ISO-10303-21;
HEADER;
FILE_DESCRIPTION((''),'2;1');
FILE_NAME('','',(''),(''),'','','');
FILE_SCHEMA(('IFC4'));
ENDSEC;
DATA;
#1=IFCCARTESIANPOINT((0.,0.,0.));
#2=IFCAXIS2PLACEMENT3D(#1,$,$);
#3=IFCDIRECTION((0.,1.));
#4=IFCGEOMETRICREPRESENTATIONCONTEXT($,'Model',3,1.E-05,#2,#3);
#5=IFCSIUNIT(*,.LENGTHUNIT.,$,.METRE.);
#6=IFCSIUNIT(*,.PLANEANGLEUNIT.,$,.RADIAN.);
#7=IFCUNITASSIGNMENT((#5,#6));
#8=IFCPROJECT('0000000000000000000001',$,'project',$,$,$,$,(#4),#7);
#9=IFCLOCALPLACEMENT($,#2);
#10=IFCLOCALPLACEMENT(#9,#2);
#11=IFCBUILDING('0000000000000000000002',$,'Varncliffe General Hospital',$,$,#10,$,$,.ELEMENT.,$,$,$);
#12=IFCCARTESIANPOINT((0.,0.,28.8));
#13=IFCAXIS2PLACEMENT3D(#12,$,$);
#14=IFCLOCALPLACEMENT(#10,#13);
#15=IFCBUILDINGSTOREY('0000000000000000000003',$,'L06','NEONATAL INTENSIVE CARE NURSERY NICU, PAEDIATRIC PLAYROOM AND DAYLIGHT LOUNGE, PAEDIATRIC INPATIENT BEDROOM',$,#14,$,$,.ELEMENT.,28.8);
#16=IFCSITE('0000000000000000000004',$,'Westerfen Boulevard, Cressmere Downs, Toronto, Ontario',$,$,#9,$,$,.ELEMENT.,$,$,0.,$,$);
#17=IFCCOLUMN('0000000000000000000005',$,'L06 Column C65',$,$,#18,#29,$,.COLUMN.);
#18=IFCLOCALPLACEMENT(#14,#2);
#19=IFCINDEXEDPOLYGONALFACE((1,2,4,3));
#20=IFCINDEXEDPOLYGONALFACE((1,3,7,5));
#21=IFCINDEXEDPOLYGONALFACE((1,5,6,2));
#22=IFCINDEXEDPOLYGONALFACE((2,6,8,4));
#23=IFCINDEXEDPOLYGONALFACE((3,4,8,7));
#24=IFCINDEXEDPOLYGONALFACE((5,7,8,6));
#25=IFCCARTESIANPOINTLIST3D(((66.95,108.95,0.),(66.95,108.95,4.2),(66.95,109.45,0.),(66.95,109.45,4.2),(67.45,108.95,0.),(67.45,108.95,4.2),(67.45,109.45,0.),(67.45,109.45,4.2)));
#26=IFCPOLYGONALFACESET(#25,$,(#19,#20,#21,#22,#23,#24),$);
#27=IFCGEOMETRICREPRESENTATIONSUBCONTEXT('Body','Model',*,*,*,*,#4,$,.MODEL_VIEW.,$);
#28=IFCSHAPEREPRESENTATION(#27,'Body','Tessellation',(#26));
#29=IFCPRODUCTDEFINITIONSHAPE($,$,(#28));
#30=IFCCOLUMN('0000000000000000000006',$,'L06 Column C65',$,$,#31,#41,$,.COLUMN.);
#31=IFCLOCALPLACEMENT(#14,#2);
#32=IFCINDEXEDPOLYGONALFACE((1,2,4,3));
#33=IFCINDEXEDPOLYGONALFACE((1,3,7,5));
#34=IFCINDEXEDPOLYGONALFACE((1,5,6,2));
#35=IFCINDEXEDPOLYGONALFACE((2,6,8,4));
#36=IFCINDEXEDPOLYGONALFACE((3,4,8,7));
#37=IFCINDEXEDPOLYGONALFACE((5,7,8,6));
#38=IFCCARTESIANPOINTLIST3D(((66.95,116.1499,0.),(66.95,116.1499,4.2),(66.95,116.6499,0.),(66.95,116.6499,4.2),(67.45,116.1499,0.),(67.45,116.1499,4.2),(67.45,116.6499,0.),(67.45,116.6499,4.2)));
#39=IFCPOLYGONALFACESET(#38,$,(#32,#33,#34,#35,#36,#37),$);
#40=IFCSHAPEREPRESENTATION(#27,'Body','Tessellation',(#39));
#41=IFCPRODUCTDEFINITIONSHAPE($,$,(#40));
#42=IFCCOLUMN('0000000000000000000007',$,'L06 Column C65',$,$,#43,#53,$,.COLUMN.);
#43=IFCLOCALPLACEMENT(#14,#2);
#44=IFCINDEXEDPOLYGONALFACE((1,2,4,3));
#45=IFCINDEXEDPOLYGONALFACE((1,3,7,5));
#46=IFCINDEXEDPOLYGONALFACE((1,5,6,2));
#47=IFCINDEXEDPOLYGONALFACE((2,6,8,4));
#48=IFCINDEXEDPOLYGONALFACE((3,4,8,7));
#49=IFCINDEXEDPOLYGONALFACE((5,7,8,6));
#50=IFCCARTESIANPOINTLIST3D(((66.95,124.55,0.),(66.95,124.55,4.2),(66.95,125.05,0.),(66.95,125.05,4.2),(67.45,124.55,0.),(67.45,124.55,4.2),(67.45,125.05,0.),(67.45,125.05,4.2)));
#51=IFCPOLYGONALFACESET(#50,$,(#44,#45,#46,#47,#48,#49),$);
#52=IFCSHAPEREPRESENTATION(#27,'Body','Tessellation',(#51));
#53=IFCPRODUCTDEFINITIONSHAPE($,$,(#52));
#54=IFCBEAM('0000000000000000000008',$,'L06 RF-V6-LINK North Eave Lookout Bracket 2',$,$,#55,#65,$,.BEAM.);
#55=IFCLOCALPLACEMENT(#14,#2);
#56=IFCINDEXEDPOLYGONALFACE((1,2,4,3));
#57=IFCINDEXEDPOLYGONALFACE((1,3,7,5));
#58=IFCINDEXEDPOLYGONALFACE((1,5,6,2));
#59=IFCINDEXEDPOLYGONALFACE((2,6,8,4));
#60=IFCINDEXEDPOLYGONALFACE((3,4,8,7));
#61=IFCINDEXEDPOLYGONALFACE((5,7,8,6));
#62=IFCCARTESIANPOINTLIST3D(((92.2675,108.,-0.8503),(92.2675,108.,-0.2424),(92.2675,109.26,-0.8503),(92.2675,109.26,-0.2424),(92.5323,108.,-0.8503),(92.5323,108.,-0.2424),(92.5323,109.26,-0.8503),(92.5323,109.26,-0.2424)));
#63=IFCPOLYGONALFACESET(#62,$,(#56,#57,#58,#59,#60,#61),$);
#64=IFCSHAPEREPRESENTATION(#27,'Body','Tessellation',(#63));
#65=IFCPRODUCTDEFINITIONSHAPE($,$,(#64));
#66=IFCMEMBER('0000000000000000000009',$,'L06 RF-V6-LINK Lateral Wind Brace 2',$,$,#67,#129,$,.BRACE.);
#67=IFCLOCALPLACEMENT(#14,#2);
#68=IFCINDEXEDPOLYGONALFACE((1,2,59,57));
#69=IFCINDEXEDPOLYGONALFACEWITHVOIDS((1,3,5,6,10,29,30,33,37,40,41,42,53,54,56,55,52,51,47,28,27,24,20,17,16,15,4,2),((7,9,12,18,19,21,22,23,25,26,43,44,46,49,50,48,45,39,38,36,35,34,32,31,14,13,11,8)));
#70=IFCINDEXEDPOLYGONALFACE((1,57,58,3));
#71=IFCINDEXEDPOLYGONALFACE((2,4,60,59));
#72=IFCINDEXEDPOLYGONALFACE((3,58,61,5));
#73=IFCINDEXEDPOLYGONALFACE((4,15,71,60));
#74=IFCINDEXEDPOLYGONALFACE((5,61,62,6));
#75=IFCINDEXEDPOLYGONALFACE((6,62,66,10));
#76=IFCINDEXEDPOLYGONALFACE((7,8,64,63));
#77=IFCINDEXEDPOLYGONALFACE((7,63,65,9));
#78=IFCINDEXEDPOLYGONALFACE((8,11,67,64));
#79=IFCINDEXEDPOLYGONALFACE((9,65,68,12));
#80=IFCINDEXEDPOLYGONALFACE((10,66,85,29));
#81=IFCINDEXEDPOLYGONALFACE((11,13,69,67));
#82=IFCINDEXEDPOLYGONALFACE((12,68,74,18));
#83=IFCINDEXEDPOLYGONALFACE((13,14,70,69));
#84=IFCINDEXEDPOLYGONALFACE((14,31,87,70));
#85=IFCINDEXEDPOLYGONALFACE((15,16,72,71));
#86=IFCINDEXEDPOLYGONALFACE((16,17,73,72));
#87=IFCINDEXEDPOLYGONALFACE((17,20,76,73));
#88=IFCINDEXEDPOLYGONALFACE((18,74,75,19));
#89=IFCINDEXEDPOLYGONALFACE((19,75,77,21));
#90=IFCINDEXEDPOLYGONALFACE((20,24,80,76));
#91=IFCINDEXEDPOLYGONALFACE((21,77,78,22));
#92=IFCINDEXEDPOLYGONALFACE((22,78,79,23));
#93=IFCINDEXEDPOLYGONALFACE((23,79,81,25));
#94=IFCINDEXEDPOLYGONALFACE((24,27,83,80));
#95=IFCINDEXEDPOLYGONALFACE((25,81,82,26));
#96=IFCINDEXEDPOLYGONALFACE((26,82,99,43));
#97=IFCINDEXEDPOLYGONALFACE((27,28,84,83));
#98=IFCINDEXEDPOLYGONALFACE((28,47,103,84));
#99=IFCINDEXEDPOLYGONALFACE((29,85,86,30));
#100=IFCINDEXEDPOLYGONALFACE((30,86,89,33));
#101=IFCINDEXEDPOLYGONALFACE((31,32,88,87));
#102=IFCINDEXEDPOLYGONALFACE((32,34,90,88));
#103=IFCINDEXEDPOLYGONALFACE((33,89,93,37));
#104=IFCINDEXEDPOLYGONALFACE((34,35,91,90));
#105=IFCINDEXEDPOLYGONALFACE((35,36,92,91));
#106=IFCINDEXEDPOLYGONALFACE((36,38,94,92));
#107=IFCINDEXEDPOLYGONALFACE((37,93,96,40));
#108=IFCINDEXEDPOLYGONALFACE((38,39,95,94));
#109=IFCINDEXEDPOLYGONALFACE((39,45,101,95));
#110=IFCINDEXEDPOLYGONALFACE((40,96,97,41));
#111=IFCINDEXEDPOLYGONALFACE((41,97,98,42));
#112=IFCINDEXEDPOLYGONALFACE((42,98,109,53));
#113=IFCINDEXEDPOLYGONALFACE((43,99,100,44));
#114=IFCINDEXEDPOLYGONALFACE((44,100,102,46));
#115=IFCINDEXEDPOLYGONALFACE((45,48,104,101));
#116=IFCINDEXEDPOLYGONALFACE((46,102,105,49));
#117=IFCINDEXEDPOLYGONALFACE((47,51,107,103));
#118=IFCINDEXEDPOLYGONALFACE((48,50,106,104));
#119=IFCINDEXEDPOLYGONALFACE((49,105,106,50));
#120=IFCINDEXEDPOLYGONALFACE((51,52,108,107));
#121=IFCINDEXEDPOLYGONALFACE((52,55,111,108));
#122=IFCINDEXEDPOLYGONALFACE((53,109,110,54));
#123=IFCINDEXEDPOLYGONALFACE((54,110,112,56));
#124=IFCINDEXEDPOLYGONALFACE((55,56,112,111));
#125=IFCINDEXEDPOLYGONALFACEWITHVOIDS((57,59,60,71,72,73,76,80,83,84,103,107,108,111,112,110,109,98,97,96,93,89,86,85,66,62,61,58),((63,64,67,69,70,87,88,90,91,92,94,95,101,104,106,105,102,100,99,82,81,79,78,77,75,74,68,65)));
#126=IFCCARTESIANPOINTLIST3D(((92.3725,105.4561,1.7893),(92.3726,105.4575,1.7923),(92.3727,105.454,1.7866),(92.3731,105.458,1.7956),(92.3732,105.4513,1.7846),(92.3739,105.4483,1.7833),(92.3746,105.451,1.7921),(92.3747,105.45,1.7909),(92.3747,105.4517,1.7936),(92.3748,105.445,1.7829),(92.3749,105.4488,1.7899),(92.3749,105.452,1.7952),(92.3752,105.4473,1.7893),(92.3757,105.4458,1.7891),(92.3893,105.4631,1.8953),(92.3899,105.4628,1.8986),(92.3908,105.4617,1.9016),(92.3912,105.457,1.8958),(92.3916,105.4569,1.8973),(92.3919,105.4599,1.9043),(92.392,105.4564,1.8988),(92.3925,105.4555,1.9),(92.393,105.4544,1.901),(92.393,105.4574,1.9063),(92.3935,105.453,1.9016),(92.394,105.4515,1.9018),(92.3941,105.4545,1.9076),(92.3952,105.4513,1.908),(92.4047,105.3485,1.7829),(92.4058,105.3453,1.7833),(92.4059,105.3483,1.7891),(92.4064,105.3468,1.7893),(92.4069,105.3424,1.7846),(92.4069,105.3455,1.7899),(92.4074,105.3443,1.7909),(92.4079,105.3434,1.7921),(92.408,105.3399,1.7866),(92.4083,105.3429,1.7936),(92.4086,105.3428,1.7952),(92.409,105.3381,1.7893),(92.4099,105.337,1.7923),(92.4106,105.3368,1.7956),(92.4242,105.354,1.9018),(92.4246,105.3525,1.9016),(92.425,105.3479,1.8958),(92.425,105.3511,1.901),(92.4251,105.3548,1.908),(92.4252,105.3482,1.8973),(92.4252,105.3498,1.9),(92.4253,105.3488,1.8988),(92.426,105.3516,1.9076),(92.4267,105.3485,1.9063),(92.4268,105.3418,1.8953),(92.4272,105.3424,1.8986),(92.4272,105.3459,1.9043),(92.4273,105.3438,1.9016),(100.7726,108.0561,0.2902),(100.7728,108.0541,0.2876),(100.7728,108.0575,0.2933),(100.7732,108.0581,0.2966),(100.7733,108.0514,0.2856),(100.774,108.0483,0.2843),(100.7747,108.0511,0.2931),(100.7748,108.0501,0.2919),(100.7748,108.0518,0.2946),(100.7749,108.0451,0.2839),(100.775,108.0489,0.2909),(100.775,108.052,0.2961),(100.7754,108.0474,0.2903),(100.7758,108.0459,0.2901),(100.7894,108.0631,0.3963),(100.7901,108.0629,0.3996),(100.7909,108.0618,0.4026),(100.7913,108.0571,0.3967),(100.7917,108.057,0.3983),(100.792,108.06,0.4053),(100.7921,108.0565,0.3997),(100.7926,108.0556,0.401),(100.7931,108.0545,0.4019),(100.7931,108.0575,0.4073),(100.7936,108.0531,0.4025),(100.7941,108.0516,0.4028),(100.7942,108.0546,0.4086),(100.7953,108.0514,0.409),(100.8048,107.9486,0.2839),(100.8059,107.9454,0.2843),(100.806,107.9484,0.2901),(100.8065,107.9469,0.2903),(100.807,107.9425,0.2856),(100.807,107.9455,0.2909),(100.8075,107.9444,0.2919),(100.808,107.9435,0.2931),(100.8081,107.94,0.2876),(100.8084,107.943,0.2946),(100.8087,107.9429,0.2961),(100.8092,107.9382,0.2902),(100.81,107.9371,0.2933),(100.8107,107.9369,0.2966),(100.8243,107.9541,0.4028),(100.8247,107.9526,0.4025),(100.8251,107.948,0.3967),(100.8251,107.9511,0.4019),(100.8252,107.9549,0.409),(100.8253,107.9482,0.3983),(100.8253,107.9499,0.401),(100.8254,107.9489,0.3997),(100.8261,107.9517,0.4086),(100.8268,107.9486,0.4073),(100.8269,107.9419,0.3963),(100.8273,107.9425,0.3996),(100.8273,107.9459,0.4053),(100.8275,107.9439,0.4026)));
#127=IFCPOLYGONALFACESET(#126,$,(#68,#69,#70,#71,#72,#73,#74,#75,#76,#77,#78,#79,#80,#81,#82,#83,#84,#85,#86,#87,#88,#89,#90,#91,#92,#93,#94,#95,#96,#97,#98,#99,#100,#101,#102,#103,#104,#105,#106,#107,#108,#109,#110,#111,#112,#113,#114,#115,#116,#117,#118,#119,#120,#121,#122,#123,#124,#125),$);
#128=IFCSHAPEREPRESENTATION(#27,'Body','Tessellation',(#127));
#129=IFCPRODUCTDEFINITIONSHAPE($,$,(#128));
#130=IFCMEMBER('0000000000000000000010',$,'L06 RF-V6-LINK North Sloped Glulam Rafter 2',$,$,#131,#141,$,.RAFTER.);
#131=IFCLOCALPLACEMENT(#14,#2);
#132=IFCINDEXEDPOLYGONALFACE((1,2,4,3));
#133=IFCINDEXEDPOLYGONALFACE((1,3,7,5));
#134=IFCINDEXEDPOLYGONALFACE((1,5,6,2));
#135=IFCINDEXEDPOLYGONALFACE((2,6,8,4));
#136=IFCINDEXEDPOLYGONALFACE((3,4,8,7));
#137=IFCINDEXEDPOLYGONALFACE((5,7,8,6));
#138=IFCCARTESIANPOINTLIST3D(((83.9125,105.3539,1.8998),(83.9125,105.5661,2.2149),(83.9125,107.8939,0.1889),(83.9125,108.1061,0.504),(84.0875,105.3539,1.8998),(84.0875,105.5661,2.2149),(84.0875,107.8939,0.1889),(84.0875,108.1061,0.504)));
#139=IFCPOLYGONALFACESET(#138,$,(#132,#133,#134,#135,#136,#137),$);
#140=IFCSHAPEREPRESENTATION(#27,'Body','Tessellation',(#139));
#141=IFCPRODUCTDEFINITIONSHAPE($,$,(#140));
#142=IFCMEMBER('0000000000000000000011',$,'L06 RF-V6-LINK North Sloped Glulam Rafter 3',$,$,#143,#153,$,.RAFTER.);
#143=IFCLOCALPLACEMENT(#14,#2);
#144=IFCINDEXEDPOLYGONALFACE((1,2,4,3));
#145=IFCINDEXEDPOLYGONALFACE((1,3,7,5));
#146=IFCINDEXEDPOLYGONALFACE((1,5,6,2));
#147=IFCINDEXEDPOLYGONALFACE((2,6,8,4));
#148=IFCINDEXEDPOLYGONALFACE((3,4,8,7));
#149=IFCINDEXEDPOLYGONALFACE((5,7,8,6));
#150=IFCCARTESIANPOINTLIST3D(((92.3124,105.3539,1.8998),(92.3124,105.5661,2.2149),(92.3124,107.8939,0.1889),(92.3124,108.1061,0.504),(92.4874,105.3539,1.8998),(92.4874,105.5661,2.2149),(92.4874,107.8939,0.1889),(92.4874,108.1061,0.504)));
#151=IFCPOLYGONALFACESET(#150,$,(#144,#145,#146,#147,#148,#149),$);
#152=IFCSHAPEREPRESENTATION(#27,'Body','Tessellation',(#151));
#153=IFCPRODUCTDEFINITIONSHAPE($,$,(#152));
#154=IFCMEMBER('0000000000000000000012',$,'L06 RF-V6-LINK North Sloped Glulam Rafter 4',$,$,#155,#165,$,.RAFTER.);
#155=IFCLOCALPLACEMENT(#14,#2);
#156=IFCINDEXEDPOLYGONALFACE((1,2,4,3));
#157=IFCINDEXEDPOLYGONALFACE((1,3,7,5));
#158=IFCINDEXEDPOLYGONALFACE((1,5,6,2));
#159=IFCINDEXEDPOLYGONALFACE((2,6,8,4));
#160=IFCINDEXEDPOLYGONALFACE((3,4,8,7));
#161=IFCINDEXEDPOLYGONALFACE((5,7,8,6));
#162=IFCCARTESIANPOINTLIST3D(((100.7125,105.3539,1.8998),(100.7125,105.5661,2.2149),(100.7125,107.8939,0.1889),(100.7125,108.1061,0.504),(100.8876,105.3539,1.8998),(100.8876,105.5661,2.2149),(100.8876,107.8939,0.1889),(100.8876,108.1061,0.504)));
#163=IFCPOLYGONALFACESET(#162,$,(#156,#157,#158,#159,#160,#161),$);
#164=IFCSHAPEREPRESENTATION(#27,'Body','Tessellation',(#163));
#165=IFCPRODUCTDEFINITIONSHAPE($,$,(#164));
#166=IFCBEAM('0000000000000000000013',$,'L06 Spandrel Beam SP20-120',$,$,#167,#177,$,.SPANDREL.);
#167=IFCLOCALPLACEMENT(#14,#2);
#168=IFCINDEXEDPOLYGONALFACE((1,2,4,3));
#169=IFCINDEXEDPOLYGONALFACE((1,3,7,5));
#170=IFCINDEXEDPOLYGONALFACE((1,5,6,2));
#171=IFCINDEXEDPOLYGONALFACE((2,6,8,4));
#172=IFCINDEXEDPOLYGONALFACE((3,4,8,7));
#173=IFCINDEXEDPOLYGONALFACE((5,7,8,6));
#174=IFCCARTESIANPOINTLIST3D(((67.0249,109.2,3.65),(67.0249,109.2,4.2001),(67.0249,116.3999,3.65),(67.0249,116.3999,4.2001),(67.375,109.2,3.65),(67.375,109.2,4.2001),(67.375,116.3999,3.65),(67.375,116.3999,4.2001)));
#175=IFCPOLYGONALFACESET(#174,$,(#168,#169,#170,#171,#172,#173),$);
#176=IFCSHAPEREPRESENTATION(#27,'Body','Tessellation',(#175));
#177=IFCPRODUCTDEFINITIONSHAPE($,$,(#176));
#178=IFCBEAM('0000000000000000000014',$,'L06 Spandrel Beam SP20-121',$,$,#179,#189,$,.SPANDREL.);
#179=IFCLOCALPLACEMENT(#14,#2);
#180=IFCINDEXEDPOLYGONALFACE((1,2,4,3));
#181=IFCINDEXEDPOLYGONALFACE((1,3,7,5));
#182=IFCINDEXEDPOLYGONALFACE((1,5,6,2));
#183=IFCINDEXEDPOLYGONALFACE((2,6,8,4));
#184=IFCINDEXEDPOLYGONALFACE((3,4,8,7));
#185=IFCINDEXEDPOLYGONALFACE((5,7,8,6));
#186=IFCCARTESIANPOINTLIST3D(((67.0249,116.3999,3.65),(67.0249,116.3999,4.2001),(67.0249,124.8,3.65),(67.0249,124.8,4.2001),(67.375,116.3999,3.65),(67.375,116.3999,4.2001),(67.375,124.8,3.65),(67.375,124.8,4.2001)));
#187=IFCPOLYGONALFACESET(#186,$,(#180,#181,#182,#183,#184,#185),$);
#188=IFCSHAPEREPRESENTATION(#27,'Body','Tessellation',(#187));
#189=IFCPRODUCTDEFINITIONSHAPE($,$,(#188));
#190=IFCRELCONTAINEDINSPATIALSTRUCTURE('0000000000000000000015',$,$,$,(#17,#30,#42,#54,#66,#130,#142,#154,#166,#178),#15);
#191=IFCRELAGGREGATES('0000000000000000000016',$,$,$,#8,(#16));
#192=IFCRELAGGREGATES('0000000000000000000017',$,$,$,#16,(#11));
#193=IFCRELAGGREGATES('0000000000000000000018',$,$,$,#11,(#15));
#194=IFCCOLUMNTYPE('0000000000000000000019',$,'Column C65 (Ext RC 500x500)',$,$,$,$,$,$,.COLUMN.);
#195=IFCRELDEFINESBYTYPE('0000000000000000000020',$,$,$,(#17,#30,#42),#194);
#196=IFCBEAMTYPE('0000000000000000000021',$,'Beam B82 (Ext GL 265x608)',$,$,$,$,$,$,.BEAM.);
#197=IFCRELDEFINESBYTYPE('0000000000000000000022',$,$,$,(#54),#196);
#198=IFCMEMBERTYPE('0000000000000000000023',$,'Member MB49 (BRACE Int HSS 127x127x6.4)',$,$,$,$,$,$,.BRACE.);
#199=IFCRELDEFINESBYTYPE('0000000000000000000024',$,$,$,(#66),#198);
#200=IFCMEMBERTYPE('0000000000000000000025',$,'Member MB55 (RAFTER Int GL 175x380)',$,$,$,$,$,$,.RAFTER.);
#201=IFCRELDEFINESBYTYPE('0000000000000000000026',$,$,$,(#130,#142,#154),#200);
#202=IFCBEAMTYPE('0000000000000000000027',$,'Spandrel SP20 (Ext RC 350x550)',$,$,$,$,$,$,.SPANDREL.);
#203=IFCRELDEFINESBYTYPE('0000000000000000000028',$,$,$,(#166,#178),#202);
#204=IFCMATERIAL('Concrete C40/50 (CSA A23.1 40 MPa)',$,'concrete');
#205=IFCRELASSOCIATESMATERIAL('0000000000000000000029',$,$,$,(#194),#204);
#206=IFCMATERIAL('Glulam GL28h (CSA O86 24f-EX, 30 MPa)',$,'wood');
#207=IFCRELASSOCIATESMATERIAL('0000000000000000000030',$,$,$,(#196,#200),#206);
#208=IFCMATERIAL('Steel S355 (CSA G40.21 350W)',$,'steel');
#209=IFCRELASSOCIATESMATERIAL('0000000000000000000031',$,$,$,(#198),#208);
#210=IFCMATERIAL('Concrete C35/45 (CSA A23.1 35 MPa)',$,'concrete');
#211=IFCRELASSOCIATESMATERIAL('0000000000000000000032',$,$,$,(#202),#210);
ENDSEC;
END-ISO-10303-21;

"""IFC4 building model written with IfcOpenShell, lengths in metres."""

from ifc_helpers import new_model, si_unit, direction, frame, origin, origin_2d, place, context, subcontext, project, spatial, rectangle, hollow_rectangle, extrude, material, material_profile, profile_set, type_object, element, save


model = new_model("IFC4")

# Units and contexts
model_context = context("Model", 3, precision=1e-05, world=origin(), true_north=direction((0.0, 1.0)))
body_context = subcontext(model_context, "Body", "Model", "MODEL_VIEW")
ifc_project = project(units=[si_unit("LENGTHUNIT", "METRE"), si_unit("PLANEANGLEUNIT", "RADIAN")], contexts=[model_context])

# Site, building, storey
site_placement = place(None, origin())
site = spatial("IfcSite", under=ifc_project, at=site_placement, Name="Westerfen Boulevard, Cressmere Downs, Toronto, Ontario", CompositionType="ELEMENT", RefElevation=0.0)
building_placement = place(site_placement, origin())
building = spatial("IfcBuilding", under=site, at=building_placement, Name="Varncliffe General Hospital", CompositionType="ELEMENT")
storey_placement = place(building_placement, frame((0.0, 0.0, 28.8)))
storey = spatial("IfcBuildingStorey", under=building, at=storey_placement, Name="L06", Description="NEONATAL INTENSIVE CARE NURSERY NICU, PAEDIATRIC PLAYROOM AND DAYLIGHT LOUNGE, PAEDIATRIC INPATIENT BEDROOM", CompositionType="ELEMENT", Elevation=28.8)

# Columns
ifc_material_1 = material(Name="Concrete C40/50 (CSA A23.1 40 MPa)", Category="concrete")
ifc_material_profile_1 = material_profile(ifc_material_1, rectangle(XDim=0.5, YDim=0.5, at=origin_2d()), Name="RC 500x500")
ifc_profile_set_1 = profile_set([ifc_material_profile_1], Name="Concrete C40/50 (CSA A23.1 40 MPa)")
column_type = type_object("IfcColumnType", Name="Column C65 (Ext RC 500x500)", PredefinedType="COLUMN", material=ifc_profile_set_1)
for number, where, z_axis, x_axis, name in (
    (1, (67.2, 109.2, 0.0), (0.0, 0.0, 1.0), (1.0, 0.0, 0.0), "L06 Column C65"),
    (2, (67.2, 116.3999, 0.0), (0.0, 0.0, 1.0), (1.0, 0.0, 0.0), "L06 Column C65"),
    (3, (67.2, 124.8, 0.0), (0.0, 0.0, 1.0), (1.0, 0.0, 0.0), "L06 Column C65"),
):
    element("IfcColumn", number, at=place(storey_placement, frame(where, z_axis=z_axis, x_axis=x_axis)), inside=storey, type_object=column_type, Name=name, PredefinedType="COLUMN", context=body_context, shape_type="SweptSolid", body=[
        extrude(rectangle(XDim=0.5, YDim=0.5, at=origin_2d()), origin(), (0.0, 0.0, 1.0), 4.2),
    ])

# Beam
ifc_material_2 = material(Name="Glulam GL28h (CSA O86 24f-EX, 30 MPa)", Category="wood")
ifc_material_profile_2 = material_profile(ifc_material_2, rectangle(XDim=0.2649, YDim=0.6079, at=origin_2d()), Name="GL 265x608")
ifc_profile_set_2 = profile_set([ifc_material_profile_2], Name="Glulam GL28h (CSA O86 24f-EX, 30 MPa)")
beam_type_1 = type_object("IfcBeamType", Name="Beam B82 (Ext GL 265x608)", PredefinedType="BEAM", material=ifc_profile_set_2)
beam_1_placement = place(storey_placement, frame((92.3999, 108.0, -0.5464), z_axis=(0.0, 1.0, 0.0), x_axis=(-1.0, 0.0, 0.0)))
element("IfcBeam", 4, at=beam_1_placement, inside=storey, type_object=beam_type_1, Name="L06 RF-V6-LINK North Eave Lookout Bracket 2", PredefinedType="BEAM", context=body_context, shape_type="SweptSolid", body=[
    extrude(rectangle(XDim=0.2649, YDim=0.6079, at=origin_2d()), origin(), (0.0, 0.0, 1.0), 1.26),
])

# Members
ifc_material_3 = material(Name="Steel S355 (CSA G40.21 350W)", Category="steel")
ifc_material_profile_3 = material_profile(ifc_material_3, hollow_rectangle(XDim=0.127, YDim=0.127, WallThickness=0.0063, InnerFilletRadius=0.0061, OuterFilletRadius=0.0129, at=origin_2d()), Name="HSS 127x127x6.4")
ifc_profile_set_3 = profile_set([ifc_material_profile_3], Name="Steel S355 (CSA G40.21 350W)")
member_type_1 = type_object("IfcMemberType", Name="Member MB49 (BRACE Int HSS 127x127x6.4)", PredefinedType="BRACE", material=ifc_profile_set_3)
member_placement = place(storey_placement, frame((100.8, 108.0, 0.3464), z_axis=(-0.941699, -0.291484, 0.168048), x_axis=(0.295689, -0.955284, 0.0)))
element("IfcMember", 5, at=member_placement, inside=storey, type_object=member_type_1, Name="L06 RF-V6-LINK Lateral Wind Brace 2", PredefinedType="BRACE", context=body_context, shape_type="SweptSolid", body=[
    extrude(hollow_rectangle(XDim=0.127, YDim=0.127, WallThickness=0.0063, InnerFilletRadius=0.0061, OuterFilletRadius=0.0129, at=origin_2d()), origin(), (0.0, 0.0, 1.0), 8.9202),
])
ifc_material_profile_4 = material_profile(ifc_material_2, rectangle(XDim=0.175, YDim=0.3799, at=origin_2d()), Name="GL 175x380")
ifc_profile_set_4 = profile_set([ifc_material_profile_4], Name="Glulam GL28h (CSA O86 24f-EX, 30 MPa)")
member_type_2 = type_object("IfcMemberType", Name="Member MB55 (RAFTER Int GL 175x380)", PredefinedType="RAFTER", material=ifc_profile_set_4)
for number, where, z_axis, x_axis, name in (
    (6, (84.0, 108.0, 0.3464), (0.0, -0.829392, 0.558668), (1.0, 0.0, 0.0), "L06 RF-V6-LINK North Sloped Glulam Rafter 2"),
    (7, (92.3999, 108.0, 0.3464), (0.0, -0.829392, 0.558668), (1.0, 0.0, 0.0), "L06 RF-V6-LINK North Sloped Glulam Rafter 3"),
    (8, (100.8, 108.0, 0.3464), (0.0, -0.829392, 0.558668), (1.0, 0.0, 0.0), "L06 RF-V6-LINK North Sloped Glulam Rafter 4"),
):
    element("IfcMember", number, at=place(storey_placement, frame(where, z_axis=z_axis, x_axis=x_axis)), inside=storey, type_object=member_type_2, Name=name, PredefinedType="RAFTER", context=body_context, shape_type="SweptSolid", body=[
        extrude(rectangle(XDim=0.175, YDim=0.3799, at=origin_2d()), origin(), (0.0, 0.0, 1.0), 3.0625),
    ])

# Beams
ifc_material_4 = material(Name="Concrete C35/45 (CSA A23.1 35 MPa)", Category="concrete")
ifc_material_profile_5 = material_profile(ifc_material_4, rectangle(XDim=0.3501, YDim=0.55, at=origin_2d()), Name="RC 350x550")
ifc_profile_set_5 = profile_set([ifc_material_profile_5], Name="Concrete C35/45 (CSA A23.1 35 MPa)")
beam_type_2 = type_object("IfcBeamType", Name="Spandrel SP20 (Ext RC 350x550)", PredefinedType="SPANDREL", material=ifc_profile_set_5)
beam_2_placement = place(storey_placement, frame((67.2, 109.2, 3.925), z_axis=(0.0, 1.0, 0.0), x_axis=(-1.0, 0.0, 0.0)))
element("IfcBeam", 9, at=beam_2_placement, inside=storey, type_object=beam_type_2, Name="L06 Spandrel Beam SP20-120", PredefinedType="SPANDREL", context=body_context, shape_type="SweptSolid", body=[
    extrude(rectangle(XDim=0.3501, YDim=0.55, at=origin_2d()), origin(), (0.0, 0.0, 1.0), 7.2),
])
beam_3_placement = place(storey_placement, frame((67.2, 116.3999, 3.925), z_axis=(0.0, 1.0, 0.0), x_axis=(-1.0, 0.0, 0.0)))
element("IfcBeam", 10, at=beam_3_placement, inside=storey, type_object=beam_type_2, Name="L06 Spandrel Beam SP20-121", PredefinedType="SPANDREL", context=body_context, shape_type="SweptSolid", body=[
    extrude(rectangle(XDim=0.3501, YDim=0.55, at=origin_2d()), origin(), (0.0, 0.0, 1.0), 8.4001),
])

save(model, "model.ifc")
